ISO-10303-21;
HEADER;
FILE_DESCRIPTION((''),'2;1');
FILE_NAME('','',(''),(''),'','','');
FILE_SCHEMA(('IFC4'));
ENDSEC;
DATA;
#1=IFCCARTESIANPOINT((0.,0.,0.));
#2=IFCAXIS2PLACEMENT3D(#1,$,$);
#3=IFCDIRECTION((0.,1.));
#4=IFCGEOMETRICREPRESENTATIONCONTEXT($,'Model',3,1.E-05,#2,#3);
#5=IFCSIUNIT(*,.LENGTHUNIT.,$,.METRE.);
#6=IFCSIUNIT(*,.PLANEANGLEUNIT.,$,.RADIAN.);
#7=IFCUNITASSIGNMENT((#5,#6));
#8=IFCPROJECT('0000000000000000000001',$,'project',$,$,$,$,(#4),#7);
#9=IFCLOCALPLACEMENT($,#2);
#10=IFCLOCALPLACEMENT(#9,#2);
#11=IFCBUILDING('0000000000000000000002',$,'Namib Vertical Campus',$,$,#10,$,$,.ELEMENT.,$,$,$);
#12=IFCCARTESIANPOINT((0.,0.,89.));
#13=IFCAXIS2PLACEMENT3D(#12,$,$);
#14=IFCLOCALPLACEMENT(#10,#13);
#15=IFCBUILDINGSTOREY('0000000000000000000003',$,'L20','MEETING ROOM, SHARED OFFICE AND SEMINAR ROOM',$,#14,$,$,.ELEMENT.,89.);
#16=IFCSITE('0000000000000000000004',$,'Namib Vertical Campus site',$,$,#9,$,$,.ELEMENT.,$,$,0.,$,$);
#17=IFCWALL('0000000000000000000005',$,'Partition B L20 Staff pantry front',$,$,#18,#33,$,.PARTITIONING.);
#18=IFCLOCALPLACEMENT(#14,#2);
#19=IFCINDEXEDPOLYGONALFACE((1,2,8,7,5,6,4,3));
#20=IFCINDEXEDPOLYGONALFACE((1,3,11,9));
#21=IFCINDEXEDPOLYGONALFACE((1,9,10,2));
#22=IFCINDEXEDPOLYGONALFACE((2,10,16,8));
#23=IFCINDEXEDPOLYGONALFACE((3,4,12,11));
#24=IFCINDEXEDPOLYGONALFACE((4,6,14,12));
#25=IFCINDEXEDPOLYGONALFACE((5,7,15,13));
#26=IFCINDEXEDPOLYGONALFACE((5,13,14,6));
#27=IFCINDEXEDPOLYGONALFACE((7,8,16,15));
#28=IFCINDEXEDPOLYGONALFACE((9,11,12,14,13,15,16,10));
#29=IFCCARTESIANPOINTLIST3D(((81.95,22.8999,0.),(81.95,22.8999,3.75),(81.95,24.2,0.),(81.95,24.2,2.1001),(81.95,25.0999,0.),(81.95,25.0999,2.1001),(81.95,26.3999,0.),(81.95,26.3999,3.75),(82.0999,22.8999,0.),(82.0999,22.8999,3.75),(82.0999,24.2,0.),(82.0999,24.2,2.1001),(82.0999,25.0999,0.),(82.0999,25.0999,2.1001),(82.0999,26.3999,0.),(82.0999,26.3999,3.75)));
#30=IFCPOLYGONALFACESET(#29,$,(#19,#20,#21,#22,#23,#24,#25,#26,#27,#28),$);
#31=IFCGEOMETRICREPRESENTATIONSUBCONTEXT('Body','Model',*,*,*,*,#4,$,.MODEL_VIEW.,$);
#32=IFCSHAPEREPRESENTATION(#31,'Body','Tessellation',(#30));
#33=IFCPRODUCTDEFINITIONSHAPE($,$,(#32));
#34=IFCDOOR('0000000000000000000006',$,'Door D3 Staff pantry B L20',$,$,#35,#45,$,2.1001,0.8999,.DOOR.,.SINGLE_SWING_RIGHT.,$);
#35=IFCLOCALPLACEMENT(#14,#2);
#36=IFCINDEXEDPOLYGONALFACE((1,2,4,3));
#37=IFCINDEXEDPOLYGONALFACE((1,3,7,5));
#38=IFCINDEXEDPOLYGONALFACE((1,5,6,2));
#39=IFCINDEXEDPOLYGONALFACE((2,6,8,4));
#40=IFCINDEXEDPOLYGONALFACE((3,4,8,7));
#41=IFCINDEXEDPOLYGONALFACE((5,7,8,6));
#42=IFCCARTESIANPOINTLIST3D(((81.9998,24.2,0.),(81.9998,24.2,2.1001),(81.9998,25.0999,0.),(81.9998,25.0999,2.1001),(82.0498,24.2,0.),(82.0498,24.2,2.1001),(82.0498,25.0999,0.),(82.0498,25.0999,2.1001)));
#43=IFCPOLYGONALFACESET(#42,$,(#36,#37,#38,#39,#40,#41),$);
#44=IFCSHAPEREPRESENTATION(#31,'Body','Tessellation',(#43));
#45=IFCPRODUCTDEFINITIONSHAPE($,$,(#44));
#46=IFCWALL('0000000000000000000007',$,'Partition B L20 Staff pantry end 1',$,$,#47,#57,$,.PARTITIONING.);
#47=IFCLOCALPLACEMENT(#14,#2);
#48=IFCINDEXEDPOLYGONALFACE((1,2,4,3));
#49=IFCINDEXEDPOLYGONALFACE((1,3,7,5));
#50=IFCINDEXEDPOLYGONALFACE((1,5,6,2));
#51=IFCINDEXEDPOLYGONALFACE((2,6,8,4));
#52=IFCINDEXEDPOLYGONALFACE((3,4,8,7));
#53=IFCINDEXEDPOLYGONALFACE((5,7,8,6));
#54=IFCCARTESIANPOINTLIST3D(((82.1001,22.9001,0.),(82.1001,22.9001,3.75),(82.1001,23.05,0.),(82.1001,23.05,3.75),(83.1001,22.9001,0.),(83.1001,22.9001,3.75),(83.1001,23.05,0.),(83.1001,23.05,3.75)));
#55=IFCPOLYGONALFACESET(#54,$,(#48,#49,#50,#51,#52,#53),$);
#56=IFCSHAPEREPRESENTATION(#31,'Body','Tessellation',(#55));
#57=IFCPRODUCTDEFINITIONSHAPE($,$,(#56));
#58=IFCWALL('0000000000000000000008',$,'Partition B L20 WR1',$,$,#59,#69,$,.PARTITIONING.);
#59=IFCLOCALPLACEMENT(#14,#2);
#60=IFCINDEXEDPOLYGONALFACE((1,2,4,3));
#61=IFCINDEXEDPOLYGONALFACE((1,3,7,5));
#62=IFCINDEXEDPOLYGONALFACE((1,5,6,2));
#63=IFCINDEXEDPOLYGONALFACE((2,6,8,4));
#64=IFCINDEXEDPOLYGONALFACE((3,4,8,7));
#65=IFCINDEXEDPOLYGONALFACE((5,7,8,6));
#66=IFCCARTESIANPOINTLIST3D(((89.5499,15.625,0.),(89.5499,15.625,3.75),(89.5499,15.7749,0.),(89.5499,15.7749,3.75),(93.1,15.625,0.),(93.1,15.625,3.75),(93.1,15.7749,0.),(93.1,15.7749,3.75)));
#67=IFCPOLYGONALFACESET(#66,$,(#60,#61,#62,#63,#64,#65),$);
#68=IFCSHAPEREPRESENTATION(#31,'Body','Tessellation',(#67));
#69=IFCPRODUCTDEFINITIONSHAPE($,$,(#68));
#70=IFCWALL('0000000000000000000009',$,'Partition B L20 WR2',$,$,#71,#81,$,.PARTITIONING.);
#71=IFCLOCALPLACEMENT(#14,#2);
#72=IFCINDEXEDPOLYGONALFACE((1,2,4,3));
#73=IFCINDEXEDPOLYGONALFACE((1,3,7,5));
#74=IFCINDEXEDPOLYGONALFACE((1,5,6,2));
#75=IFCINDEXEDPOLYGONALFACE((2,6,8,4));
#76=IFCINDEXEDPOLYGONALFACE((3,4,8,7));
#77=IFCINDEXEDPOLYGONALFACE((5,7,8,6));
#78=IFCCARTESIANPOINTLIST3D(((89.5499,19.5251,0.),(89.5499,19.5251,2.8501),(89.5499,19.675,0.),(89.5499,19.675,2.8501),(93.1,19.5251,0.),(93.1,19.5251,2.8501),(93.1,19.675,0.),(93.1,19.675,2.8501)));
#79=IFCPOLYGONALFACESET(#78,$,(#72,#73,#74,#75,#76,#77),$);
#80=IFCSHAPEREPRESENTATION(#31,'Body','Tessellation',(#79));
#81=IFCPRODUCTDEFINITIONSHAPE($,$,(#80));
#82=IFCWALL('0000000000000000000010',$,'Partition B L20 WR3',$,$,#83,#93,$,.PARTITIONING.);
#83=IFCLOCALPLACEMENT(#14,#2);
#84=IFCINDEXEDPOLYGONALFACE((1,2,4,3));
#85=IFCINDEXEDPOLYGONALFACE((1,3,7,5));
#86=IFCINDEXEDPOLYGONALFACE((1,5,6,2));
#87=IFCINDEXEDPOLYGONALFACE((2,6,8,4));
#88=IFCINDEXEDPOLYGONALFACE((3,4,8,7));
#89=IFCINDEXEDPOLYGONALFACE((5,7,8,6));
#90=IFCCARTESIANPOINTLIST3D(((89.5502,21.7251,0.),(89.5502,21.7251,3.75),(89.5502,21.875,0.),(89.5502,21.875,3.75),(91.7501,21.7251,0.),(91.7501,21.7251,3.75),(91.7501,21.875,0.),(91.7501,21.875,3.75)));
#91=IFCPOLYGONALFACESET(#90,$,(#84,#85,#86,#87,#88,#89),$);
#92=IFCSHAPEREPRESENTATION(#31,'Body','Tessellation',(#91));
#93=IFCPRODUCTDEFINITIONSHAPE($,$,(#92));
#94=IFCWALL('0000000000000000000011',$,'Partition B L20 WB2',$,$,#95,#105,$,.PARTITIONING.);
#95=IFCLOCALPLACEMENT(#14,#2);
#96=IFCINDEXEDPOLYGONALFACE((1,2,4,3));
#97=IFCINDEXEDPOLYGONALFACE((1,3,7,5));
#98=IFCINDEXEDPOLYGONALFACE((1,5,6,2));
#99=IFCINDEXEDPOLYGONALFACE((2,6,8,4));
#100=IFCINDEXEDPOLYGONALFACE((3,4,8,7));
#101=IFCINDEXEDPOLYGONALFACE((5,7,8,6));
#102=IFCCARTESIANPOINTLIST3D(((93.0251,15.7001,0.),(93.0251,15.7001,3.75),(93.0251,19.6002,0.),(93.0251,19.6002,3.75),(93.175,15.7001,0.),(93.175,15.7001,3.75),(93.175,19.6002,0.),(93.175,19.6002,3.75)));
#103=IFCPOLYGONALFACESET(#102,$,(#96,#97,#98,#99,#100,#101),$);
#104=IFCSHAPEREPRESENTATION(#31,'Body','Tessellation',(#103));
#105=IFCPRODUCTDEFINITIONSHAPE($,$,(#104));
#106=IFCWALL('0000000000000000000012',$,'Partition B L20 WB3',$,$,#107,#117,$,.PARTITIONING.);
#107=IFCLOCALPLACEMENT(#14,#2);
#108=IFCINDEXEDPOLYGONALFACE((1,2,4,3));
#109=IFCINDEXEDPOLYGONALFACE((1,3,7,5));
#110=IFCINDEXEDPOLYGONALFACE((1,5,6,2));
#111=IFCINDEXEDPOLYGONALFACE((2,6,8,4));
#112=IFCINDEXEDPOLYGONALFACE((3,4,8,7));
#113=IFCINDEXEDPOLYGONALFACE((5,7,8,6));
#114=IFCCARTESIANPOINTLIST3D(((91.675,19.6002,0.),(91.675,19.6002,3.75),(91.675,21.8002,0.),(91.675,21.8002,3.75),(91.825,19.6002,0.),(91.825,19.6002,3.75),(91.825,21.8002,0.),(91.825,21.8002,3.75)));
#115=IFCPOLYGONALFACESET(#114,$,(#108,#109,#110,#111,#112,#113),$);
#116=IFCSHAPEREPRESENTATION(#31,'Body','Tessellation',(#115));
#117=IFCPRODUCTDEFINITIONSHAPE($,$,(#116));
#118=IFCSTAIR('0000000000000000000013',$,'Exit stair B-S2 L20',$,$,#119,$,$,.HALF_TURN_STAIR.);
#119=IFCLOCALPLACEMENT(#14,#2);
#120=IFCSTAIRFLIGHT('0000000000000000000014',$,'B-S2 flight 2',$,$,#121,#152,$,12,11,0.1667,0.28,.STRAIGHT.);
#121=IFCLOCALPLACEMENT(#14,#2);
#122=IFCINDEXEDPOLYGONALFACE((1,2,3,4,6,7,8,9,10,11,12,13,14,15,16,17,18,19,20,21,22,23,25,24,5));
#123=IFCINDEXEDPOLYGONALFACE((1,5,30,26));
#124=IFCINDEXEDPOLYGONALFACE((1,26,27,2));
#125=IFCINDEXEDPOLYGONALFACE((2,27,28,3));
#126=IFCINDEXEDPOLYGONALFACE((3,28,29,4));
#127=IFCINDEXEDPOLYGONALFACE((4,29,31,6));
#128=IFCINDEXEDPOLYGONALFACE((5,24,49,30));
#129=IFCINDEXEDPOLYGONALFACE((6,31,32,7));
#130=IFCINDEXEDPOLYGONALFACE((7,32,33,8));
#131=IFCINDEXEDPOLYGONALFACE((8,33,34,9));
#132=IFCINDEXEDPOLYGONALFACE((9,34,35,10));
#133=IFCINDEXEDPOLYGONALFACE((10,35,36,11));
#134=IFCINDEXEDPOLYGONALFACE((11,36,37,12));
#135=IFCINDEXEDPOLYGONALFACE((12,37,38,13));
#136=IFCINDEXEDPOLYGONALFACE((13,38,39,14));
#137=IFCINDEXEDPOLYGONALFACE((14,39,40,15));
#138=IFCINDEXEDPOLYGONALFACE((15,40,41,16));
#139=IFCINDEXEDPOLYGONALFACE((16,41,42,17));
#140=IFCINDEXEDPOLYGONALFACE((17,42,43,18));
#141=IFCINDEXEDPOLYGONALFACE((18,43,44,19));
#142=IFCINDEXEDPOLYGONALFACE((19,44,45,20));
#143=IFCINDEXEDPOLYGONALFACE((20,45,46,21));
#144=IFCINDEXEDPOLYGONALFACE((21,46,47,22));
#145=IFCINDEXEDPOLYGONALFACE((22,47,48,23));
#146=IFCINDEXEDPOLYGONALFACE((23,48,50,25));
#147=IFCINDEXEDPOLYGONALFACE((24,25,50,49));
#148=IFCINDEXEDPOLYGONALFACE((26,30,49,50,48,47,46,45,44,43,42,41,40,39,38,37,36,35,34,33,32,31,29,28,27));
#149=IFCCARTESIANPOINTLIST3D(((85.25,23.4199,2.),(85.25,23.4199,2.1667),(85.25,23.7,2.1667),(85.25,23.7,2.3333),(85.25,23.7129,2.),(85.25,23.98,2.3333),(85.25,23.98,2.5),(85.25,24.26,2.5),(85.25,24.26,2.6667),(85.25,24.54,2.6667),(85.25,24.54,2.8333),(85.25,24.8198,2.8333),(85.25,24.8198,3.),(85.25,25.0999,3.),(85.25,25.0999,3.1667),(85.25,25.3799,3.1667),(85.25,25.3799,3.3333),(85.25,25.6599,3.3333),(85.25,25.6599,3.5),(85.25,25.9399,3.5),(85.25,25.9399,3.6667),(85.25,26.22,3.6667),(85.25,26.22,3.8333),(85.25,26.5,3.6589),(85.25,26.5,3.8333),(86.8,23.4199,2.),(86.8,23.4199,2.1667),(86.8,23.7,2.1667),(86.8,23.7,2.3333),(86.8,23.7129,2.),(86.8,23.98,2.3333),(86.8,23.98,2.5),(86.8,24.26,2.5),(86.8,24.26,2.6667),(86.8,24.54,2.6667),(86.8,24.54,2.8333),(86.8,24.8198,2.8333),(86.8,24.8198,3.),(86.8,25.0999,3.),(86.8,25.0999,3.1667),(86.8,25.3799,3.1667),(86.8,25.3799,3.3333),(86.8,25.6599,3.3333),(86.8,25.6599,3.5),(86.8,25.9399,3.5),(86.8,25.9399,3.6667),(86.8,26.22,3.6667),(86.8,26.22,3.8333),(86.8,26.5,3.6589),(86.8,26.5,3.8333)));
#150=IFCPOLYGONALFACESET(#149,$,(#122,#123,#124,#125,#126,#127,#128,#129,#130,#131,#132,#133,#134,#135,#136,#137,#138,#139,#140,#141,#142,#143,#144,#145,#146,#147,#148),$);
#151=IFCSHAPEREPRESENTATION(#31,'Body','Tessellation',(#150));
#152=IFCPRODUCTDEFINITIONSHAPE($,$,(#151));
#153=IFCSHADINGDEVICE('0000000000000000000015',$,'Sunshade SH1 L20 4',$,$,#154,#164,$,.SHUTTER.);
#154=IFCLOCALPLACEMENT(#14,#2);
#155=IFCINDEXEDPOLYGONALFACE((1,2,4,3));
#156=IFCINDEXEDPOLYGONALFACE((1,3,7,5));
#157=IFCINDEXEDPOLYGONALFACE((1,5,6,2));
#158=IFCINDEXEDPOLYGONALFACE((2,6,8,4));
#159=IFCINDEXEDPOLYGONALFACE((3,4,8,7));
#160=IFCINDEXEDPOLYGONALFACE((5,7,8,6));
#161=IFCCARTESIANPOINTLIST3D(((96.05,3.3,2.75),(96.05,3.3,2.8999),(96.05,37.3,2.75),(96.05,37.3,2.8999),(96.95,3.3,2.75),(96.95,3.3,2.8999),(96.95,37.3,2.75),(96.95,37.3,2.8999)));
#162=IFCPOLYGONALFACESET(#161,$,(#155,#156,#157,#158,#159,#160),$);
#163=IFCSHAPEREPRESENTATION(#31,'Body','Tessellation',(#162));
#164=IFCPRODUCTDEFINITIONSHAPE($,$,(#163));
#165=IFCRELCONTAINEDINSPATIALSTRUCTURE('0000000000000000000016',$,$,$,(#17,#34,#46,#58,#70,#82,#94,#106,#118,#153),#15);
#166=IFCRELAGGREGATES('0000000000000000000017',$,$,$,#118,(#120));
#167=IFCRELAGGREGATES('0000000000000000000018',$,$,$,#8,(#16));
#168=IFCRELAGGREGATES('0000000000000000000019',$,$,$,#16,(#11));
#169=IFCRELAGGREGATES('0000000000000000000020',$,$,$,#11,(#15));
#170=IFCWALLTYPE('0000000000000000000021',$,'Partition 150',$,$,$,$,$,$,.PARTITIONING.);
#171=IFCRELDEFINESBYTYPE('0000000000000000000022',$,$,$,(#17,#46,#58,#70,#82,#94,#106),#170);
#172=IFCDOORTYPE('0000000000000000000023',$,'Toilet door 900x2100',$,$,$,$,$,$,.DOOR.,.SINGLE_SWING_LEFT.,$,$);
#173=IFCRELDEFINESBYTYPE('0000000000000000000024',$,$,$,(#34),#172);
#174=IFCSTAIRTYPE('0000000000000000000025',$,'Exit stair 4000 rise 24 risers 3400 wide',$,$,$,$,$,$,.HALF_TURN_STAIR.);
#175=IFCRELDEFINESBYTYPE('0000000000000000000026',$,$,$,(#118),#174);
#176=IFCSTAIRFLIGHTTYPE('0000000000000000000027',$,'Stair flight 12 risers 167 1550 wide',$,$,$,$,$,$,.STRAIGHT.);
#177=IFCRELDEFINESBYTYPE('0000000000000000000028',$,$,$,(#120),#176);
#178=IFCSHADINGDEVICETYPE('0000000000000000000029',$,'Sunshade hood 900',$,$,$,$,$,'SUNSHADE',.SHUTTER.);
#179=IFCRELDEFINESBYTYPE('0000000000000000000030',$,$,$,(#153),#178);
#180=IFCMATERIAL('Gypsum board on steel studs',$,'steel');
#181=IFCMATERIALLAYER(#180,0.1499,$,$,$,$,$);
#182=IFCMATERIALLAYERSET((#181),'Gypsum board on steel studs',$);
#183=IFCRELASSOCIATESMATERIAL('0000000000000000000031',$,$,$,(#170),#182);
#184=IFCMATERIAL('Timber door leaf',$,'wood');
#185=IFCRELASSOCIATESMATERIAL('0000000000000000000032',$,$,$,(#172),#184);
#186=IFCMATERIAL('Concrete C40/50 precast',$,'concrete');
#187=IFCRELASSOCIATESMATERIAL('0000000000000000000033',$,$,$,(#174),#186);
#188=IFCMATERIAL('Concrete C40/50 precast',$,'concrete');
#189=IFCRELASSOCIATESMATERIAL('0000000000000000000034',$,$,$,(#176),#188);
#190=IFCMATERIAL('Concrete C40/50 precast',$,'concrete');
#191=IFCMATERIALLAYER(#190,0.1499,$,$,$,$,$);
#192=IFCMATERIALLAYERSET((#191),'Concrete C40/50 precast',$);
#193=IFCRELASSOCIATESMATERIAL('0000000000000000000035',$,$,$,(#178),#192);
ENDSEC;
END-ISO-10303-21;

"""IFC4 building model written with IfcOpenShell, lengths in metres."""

from ifc_helpers import new_model, si_unit, direction, frame, frame_2d, origin, origin_2d, place, context, subcontext, project, spatial, polyline, rectangle, outline, extrude, material, layer, layer_set, type_object, element, fill, aggregate, save


model = new_model("IFC4")

# Units and contexts
model_context = context("Model", 3, precision=1e-05, world=origin(), true_north=direction((0.0, 1.0)))
body_context = subcontext(model_context, "Body", "Model", "MODEL_VIEW")
ifc_project = project(units=[si_unit("LENGTHUNIT", "METRE"), si_unit("PLANEANGLEUNIT", "RADIAN")], contexts=[model_context])

# Site, building, storey
site_placement = place(None, origin())
site = spatial("IfcSite", under=ifc_project, at=site_placement, Name="Namib Vertical Campus site", CompositionType="ELEMENT", RefElevation=0.0)
building_placement = place(site_placement, origin())
building = spatial("IfcBuilding", under=site, at=building_placement, Name="Namib Vertical Campus", CompositionType="ELEMENT")
storey_placement = place(building_placement, frame((0.0, 0.0, 89.0)))
storey = spatial("IfcBuildingStorey", under=building, at=storey_placement, Name="L20", Description="MEETING ROOM, SHARED OFFICE AND SEMINAR ROOM", CompositionType="ELEMENT", Elevation=89.0)

# Wall, opening, door
ifc_material_1 = material(Name="Gypsum board on steel studs", Category="steel")
ifc_layer_1 = layer(ifc_material_1, 0.1499)
ifc_layer_set_1 = layer_set([ifc_layer_1], Name="Gypsum board on steel studs")
wall_type_1 = type_object("IfcWallType", Name="Partition 150", PredefinedType="PARTITIONING", material=ifc_layer_set_1)
wall_1_placement = place(storey_placement, frame((82.0249, 22.8999, 0.0), z_axis=(0.0, 0.0, 1.0), x_axis=(0.0, 1.0, 0.0)))
wall_1 = element("IfcWall", 1, at=wall_1_placement, inside=storey, type_object=wall_type_1, Name="Partition B L20 Staff pantry front", PredefinedType="PARTITIONING", context=body_context, shape_type="SweptSolid", body=[
    extrude(rectangle(XDim=3.5, YDim=0.1499, at=frame_2d((1.75, 0.0))), origin(), (0.0, 0.0, 1.0), 3.75),
])
opening_1_placement = place(wall_1_placement, frame((1.3, 0.0, 0.0)))
opening_1 = element("IfcOpeningElement", 2, at=opening_1_placement, cuts=wall_1, PredefinedType="OPENING", context=body_context, shape_type="SweptSolid", body=[
    extrude(rectangle(XDim=0.8999, YDim=2.1001, at=frame_2d((0.45, 1.05))), frame((0.0, 0.085, 0.0), z_axis=(0.0, -1.0, 0.0), x_axis=(1.0, 0.0, 0.0)), (0.0, 0.0, 1.0), 0.1699),
])
ifc_material_2 = material(Name="Timber door leaf", Category="wood")
door_type_1 = type_object("IfcDoorType", Name="Toilet door 900x2100", OperationType="SINGLE_SWING_LEFT", PredefinedType="DOOR", material=ifc_material_2)
door_1_placement = place(opening_1_placement, frame((0.8999, 0.0, 0.0), z_axis=(0.0, 0.0, 1.0), x_axis=(-1.0, 0.0, 0.0)))
door_1 = element("IfcDoor", 3, at=door_1_placement, inside=storey, type_object=door_type_1, Name="Door D3 Staff pantry B L20", OperationType="SINGLE_SWING_RIGHT", OverallHeight=2.1001, OverallWidth=0.8999, PredefinedType="DOOR", context=body_context, shape_type="SweptSolid", body=[
    extrude(rectangle(XDim=0.8999, YDim=2.1001, at=frame_2d((0.45, 1.05))), frame((0.0, 0.0249, 0.0), z_axis=(0.0, -1.0, 0.0), x_axis=(1.0, 0.0, 0.0)), (0.0, 0.0, 1.0), 0.05),
])
fill(opening_1, door_1)

# Walls
wall_2_placement = place(storey_placement, frame((82.1001, 22.9751, 0.0), z_axis=(0.0, 0.0, 1.0), x_axis=(1.0, 0.0, 0.0)))
element("IfcWall", 4, at=wall_2_placement, inside=storey, type_object=wall_type_1, Name="Partition B L20 Staff pantry end 1", PredefinedType="PARTITIONING", context=body_context, shape_type="SweptSolid", body=[
    extrude(rectangle(XDim=1.0, YDim=0.1499, at=frame_2d((0.5, 0.0))), origin(), (0.0, 0.0, 1.0), 3.75),
])
wall_3_placement = place(storey_placement, frame((89.55, 15.7, 0.0), z_axis=(0.0, 0.0, 1.0), x_axis=(1.0, 0.0, 0.0)))
element("IfcWall", 5, at=wall_3_placement, inside=storey, type_object=wall_type_1, Name="Partition B L20 WR1", PredefinedType="PARTITIONING", context=body_context, shape_type="SweptSolid", body=[
    extrude(rectangle(XDim=3.55, YDim=0.1499, at=frame_2d((1.7749, 0.0))), origin(), (0.0, 0.0, 1.0), 3.75),
])
wall_4_placement = place(storey_placement, frame((89.55, 19.6001, 0.0), z_axis=(0.0, 0.0, 1.0), x_axis=(1.0, 0.0, 0.0)))
element("IfcWall", 6, at=wall_4_placement, inside=storey, type_object=wall_type_1, Name="Partition B L20 WR2", PredefinedType="PARTITIONING", context=body_context, shape_type="SweptSolid", body=[
    extrude(rectangle(XDim=3.55, YDim=0.1499, at=frame_2d((1.7749, 0.0))), origin(), (0.0, 0.0, 1.0), 2.8501),
])
wall_5_placement = place(storey_placement, frame((89.55, 21.8, 0.0), z_axis=(0.0, 0.0, 1.0), x_axis=(1.0, 0.0, 0.0)))
element("IfcWall", 7, at=wall_5_placement, inside=storey, type_object=wall_type_1, Name="Partition B L20 WR3", PredefinedType="PARTITIONING", context=body_context, shape_type="SweptSolid", body=[
    extrude(rectangle(XDim=2.2, YDim=0.1499, at=frame_2d((1.1001, 0.0))), origin(), (0.0, 0.0, 1.0), 3.75),
])
wall_6_placement = place(storey_placement, frame((93.1001, 15.7, 0.0), z_axis=(0.0, 0.0, 1.0), x_axis=(0.0, 1.0, 0.0)))
element("IfcWall", 8, at=wall_6_placement, inside=storey, type_object=wall_type_1, Name="Partition B L20 WB2", PredefinedType="PARTITIONING", context=body_context, shape_type="SweptSolid", body=[
    extrude(rectangle(XDim=3.9001, YDim=0.1499, at=frame_2d((1.9502, 0.0))), origin(), (0.0, 0.0, 1.0), 3.75),
])
wall_7_placement = place(storey_placement, frame((91.75, 19.6001, 0.0), z_axis=(0.0, 0.0, 1.0), x_axis=(0.0, 1.0, 0.0)))
element("IfcWall", 9, at=wall_7_placement, inside=storey, type_object=wall_type_1, Name="Partition B L20 WB3", PredefinedType="PARTITIONING", context=body_context, shape_type="SweptSolid", body=[
    extrude(rectangle(XDim=2.2, YDim=0.1499, at=frame_2d((1.1001, 0.0))), origin(), (0.0, 0.0, 1.0), 3.75),
])

# Stair, stair flight
ifc_material_3 = material(Name="Concrete C40/50 precast", Category="concrete")
stair_type = type_object("IfcStairType", Name="Exit stair 4000 rise 24 risers 3400 wide", PredefinedType="HALF_TURN_STAIR", material=ifc_material_3)
stair_placement = place(storey_placement, origin())
stair = element("IfcStair", 10, at=stair_placement, inside=storey, type_object=stair_type, Name="Exit stair B-S2 L20", PredefinedType="HALF_TURN_STAIR")
ifc_material_4 = material(Name="Concrete C40/50 precast", Category="concrete")
stair_flight_type = type_object("IfcStairFlightType", Name="Stair flight 12 risers 167 1550 wide", PredefinedType="STRAIGHT", material=ifc_material_4)
stair_flight_placement = place(storey_placement, frame((86.0249, 23.4199, 2.0), z_axis=(0.0, 0.0, 1.0), x_axis=(0.0, 1.0, 0.0)))
stair_flight = element("IfcStairFlight", 11, at=stair_flight_placement, type_object=stair_flight_type, Name="B-S2 flight 2", NumberOfRisers=12, NumberOfTreads=11, PredefinedType="STRAIGHT", RiserHeight=0.1667, TreadLength=0.28, context=body_context, shape_type="SweptSolid", body=[
    extrude(outline(polyline([(0.0, 0.0), (0.0, 0.1667), (0.28, 0.1667), (0.28, 0.3333), (0.5601, 0.3333), (0.5601, 0.5), (0.8401, 0.5), (0.8401, 0.6667), (1.1201, 0.6667), (1.1201, 0.8333), (1.3999, 0.8333), (1.3999, 1.0), (1.6799, 1.0), (1.6799, 1.1667), (1.96, 1.1667), (1.96, 1.3333), (2.24, 1.3333), (2.24, 1.5), (2.52, 1.5), (2.52, 1.6667), (2.8, 1.6667), (2.8, 1.8333), (3.0801, 1.8333), (3.0801, 2.0), (3.0801, 1.6589), (0.293, 0.0), (0.0, 0.0)])), frame((0.0, 0.7749, 0.0), z_axis=(0.0, -1.0, 0.0), x_axis=(1.0, 0.0, 0.0)), (0.0, 0.0, 1.0), 1.55),
])
aggregate(stair, [stair_flight])

# Shading device
ifc_material_5 = material(Name="Concrete C40/50 precast", Category="concrete")
ifc_layer_2 = layer(ifc_material_5, 0.1499)
ifc_layer_set_2 = layer_set([ifc_layer_2], Name="Concrete C40/50 precast")
shading_device_type = type_object("IfcShadingDeviceType", Name="Sunshade hood 900", ElementType="SUNSHADE", PredefinedType="SHUTTER", material=ifc_layer_set_2)
shading_device_placement = place(storey_placement, frame((96.5, 20.3, 2.75), z_axis=(0.0, 0.0, 1.0), x_axis=(0.0, 1.0, 0.0)))
element("IfcShadingDevice", 12, at=shading_device_placement, inside=storey, type_object=shading_device_type, Name="Sunshade SH1 L20 4", PredefinedType="SHUTTER", context=body_context, shape_type="SweptSolid", body=[
    extrude(rectangle(XDim=34.0, YDim=0.8999, at=origin_2d()), origin(), (0.0, 0.0, 1.0), 0.1499),
])

save(model, "model.ifc")
